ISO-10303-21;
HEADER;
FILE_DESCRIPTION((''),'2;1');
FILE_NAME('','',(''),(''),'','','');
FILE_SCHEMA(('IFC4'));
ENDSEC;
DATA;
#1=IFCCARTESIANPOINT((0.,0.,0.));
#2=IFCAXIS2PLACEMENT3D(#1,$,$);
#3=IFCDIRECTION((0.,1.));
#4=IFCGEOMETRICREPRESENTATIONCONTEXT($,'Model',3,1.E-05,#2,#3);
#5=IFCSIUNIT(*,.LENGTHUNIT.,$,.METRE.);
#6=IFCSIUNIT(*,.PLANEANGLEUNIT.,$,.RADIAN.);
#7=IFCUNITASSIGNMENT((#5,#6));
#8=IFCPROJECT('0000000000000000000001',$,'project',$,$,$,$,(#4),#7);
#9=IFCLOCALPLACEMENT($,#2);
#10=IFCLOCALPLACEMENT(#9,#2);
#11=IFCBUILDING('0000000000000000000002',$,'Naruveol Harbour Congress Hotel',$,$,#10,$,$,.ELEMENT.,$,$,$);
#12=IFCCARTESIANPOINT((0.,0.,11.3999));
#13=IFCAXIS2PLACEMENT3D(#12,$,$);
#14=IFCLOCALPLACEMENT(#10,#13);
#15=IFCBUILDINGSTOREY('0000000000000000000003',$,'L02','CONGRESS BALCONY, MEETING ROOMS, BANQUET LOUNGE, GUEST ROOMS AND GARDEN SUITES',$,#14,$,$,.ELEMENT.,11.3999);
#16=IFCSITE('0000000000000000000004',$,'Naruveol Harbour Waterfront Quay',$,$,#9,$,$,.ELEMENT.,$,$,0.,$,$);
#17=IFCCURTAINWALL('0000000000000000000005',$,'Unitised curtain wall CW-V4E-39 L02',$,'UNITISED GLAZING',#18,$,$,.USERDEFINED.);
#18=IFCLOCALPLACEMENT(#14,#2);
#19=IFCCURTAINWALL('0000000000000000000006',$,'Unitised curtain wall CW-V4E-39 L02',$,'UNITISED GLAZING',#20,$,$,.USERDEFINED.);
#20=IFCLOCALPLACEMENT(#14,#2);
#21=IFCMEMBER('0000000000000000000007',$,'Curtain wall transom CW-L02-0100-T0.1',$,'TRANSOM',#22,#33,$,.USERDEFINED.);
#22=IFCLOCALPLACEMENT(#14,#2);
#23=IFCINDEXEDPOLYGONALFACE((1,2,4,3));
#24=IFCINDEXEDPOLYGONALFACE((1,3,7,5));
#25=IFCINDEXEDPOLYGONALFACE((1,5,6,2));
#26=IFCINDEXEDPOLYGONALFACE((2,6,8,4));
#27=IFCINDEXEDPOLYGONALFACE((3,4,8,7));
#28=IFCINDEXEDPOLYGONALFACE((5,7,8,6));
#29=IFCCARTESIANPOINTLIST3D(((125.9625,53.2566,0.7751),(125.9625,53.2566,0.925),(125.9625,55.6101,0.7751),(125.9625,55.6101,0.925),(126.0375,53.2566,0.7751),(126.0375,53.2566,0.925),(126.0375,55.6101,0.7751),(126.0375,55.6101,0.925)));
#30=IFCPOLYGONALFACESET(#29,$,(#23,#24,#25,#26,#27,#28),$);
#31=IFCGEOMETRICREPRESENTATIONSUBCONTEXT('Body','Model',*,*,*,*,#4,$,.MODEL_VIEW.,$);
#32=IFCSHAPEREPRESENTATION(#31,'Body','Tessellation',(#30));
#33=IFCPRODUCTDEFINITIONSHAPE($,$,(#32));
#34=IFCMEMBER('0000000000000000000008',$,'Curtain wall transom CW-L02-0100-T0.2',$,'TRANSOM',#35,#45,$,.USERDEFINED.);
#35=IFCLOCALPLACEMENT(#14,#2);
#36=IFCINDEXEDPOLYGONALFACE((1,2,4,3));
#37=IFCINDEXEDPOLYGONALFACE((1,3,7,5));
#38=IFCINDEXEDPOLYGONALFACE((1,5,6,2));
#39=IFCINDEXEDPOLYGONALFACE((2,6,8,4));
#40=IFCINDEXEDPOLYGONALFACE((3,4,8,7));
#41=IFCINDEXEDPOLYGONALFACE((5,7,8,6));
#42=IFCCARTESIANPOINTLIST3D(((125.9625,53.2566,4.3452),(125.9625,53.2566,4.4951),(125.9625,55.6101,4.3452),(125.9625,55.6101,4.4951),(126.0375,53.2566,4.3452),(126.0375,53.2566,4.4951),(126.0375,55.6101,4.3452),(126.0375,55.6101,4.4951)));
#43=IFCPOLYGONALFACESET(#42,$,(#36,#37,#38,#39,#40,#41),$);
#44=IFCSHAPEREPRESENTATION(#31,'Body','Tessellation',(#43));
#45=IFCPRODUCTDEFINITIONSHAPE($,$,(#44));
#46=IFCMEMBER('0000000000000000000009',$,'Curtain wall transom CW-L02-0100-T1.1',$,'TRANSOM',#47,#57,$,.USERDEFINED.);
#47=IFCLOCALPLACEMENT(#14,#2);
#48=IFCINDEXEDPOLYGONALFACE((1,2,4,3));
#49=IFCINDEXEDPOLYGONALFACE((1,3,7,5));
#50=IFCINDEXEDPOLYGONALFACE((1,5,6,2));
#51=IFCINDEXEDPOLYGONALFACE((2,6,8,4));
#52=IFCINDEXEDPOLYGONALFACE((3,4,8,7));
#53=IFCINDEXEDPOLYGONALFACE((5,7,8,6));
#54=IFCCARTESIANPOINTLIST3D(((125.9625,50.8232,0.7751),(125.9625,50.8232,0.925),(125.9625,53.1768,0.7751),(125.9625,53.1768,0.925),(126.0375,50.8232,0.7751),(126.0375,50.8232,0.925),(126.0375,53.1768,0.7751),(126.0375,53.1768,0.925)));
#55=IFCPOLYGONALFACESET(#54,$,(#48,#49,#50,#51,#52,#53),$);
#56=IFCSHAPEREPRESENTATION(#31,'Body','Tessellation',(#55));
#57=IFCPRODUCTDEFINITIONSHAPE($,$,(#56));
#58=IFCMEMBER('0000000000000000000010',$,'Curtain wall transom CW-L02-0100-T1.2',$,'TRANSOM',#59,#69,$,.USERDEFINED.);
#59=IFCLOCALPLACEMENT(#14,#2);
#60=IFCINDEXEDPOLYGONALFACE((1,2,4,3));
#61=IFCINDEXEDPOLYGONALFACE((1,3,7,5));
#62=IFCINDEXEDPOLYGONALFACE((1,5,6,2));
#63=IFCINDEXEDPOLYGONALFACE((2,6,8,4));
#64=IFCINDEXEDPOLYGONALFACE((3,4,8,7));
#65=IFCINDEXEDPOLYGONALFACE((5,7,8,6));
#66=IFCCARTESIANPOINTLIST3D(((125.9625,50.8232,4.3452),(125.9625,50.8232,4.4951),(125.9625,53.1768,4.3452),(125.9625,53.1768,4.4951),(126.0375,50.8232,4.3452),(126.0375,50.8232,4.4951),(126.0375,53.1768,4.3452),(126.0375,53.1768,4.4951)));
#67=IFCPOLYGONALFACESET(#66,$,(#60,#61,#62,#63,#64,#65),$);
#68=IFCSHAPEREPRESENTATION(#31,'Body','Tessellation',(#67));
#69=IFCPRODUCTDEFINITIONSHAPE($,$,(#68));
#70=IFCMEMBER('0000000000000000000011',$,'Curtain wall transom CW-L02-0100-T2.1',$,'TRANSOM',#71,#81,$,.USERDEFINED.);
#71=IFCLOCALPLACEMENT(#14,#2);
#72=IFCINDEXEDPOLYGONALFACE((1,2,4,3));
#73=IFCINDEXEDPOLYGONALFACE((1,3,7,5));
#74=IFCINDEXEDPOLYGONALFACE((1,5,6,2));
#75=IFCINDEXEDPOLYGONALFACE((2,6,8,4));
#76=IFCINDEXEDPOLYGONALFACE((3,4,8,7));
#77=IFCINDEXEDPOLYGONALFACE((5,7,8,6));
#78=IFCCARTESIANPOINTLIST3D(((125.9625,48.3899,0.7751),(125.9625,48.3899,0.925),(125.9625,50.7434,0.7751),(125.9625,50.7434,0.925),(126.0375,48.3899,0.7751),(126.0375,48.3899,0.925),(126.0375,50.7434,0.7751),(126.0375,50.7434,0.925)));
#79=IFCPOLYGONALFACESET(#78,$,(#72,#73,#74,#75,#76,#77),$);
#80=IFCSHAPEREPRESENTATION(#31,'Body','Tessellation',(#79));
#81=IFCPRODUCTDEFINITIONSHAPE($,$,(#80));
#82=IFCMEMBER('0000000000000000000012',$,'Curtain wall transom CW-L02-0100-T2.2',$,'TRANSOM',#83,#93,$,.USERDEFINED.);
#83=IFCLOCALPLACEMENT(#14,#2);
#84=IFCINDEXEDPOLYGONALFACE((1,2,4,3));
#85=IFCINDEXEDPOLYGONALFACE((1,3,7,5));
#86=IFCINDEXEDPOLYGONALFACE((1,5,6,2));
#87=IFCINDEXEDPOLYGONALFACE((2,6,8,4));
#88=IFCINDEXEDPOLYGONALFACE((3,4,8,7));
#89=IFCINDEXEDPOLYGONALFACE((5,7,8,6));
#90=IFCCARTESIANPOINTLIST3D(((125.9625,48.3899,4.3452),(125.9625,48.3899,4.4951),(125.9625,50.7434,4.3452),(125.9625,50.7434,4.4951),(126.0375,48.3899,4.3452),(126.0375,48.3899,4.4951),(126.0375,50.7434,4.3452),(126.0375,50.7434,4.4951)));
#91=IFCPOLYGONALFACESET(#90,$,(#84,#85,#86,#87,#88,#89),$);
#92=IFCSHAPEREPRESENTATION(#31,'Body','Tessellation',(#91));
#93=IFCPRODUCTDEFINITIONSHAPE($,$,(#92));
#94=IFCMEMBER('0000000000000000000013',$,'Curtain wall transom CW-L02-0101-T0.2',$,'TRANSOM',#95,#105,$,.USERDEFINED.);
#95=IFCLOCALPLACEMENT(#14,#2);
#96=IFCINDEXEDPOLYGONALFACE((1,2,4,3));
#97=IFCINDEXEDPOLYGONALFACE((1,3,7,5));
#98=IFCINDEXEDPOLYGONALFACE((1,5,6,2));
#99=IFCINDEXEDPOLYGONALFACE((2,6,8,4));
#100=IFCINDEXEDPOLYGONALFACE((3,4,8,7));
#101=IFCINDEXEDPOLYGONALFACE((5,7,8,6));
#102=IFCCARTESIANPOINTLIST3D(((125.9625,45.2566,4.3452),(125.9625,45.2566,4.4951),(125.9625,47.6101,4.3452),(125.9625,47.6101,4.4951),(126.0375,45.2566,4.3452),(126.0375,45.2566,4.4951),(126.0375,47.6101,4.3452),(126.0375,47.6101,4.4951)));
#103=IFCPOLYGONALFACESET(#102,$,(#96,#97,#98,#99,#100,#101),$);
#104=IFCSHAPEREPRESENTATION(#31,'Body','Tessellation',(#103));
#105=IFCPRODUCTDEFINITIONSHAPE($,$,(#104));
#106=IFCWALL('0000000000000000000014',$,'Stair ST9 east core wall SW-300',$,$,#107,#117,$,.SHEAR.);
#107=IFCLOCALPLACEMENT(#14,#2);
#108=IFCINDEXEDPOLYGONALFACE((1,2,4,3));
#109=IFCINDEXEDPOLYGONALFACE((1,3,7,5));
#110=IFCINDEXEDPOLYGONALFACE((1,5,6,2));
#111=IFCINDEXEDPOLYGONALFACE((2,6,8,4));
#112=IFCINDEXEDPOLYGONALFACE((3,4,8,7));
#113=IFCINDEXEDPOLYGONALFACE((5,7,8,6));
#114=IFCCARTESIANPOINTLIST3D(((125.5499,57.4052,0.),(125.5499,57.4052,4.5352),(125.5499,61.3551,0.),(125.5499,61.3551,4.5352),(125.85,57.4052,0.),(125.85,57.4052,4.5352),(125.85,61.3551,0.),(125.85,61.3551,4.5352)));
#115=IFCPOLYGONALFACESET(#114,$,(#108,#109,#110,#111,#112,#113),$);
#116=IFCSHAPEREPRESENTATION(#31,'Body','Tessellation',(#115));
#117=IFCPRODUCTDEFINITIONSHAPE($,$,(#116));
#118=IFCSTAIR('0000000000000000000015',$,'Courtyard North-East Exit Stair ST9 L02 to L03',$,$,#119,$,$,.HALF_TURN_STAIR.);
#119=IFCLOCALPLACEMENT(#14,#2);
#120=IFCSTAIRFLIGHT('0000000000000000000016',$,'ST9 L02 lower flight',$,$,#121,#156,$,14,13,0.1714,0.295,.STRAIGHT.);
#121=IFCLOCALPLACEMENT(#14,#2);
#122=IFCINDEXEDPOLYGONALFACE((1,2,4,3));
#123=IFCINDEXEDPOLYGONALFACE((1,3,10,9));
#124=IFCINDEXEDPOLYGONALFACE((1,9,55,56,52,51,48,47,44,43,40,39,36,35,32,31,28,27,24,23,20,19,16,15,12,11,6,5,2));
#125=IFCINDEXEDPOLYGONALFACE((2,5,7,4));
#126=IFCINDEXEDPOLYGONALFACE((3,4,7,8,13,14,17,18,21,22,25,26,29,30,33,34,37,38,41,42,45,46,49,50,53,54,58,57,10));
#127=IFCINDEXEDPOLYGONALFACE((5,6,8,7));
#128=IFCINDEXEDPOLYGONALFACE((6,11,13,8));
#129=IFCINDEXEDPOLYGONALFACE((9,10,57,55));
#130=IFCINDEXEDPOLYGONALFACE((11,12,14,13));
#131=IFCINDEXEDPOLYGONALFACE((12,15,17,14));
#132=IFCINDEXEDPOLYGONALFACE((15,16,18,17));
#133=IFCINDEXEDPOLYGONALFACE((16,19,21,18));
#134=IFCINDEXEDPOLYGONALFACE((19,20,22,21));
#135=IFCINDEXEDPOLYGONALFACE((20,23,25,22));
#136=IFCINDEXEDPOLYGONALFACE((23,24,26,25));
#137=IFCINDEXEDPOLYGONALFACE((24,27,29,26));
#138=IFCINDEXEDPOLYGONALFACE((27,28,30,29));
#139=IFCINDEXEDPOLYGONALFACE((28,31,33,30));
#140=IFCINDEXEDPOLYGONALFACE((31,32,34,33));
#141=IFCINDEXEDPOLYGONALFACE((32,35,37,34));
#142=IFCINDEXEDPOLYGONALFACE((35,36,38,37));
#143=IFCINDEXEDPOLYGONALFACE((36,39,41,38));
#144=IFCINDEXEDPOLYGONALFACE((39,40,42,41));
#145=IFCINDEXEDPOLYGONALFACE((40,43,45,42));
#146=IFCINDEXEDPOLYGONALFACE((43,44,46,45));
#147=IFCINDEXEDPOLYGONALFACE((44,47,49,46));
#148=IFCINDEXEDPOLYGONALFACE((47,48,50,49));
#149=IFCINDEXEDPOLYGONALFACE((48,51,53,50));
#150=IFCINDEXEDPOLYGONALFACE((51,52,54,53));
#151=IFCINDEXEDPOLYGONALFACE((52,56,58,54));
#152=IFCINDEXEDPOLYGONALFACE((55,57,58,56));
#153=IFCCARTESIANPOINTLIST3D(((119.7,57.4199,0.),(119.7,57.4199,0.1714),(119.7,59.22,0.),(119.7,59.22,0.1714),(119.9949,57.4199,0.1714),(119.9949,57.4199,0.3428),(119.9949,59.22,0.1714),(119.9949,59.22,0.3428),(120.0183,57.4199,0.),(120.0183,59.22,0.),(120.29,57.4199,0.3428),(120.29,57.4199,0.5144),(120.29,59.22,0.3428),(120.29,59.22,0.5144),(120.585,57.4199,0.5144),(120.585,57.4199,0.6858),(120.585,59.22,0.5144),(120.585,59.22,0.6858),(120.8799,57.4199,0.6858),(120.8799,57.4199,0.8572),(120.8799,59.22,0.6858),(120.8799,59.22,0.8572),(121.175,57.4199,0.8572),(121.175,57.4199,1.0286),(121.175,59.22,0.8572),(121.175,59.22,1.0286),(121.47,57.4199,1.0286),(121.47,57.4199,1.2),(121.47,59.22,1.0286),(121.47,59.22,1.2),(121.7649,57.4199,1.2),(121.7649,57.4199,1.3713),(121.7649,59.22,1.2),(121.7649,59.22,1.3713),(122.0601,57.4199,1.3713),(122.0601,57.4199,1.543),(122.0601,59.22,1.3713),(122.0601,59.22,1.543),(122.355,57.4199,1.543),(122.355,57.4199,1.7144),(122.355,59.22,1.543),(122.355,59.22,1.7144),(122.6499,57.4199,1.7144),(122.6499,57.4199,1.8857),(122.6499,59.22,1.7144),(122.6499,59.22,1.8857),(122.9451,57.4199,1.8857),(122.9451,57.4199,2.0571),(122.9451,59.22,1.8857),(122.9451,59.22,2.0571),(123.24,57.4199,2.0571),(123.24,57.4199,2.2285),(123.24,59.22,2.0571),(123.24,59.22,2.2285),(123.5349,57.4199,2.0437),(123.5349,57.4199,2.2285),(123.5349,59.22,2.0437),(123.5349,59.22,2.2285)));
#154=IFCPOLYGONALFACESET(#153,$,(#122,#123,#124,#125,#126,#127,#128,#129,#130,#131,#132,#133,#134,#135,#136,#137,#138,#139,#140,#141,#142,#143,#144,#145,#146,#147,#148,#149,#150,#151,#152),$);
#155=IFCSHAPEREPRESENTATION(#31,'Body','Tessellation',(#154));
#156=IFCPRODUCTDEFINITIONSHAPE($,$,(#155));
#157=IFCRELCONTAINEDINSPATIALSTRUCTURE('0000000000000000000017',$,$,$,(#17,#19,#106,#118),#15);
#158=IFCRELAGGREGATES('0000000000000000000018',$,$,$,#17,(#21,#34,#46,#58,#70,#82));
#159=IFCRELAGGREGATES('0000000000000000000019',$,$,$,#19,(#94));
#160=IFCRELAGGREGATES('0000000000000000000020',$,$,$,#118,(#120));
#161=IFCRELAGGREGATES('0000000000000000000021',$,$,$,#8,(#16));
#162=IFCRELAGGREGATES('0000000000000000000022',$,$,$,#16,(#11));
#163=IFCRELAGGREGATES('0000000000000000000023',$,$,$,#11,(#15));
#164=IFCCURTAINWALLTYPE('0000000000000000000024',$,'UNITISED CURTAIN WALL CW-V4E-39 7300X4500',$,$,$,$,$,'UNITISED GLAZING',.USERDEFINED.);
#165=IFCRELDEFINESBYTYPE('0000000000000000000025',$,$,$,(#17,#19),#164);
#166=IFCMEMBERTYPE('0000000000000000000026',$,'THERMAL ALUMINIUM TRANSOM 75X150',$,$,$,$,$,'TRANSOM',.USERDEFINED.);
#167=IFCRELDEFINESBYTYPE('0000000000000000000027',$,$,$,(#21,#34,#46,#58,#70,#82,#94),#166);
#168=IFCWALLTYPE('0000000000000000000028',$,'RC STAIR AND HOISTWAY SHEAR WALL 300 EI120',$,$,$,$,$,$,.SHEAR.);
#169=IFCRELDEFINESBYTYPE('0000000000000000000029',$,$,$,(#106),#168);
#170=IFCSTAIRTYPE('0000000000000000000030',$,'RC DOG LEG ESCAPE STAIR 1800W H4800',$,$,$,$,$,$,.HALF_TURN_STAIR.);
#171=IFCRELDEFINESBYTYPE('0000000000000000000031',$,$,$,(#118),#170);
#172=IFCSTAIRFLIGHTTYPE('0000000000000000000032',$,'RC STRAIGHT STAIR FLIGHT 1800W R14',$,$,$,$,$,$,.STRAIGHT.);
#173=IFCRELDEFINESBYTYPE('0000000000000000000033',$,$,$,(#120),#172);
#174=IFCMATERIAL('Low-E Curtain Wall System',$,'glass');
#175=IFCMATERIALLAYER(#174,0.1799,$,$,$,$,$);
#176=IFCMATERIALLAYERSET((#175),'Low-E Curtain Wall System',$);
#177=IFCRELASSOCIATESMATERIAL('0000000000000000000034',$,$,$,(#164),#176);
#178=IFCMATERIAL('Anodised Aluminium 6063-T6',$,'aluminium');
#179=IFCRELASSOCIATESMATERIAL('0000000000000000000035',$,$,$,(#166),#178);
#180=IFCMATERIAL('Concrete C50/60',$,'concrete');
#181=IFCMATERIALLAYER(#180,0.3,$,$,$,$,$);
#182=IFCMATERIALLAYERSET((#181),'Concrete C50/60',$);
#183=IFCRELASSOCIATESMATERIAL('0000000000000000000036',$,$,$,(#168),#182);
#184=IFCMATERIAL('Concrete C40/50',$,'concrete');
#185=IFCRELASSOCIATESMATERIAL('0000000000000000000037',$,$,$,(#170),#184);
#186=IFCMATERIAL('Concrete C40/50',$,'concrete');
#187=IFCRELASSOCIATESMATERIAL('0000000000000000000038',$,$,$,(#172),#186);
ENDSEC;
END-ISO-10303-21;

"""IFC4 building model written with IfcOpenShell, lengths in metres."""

from ifc_helpers import new_model, si_unit, direction, frame, frame_2d, origin, origin_2d, place, context, subcontext, project, spatial, polyline, rectangle, outline, extrude, material, layer, layer_set, material_profile, profile_set, type_object, element, aggregate, save


model = new_model("IFC4")

# Units and contexts
model_context = context("Model", 3, precision=1e-05, world=origin(), true_north=direction((0.0, 1.0)))
body_context = subcontext(model_context, "Body", "Model", "MODEL_VIEW")
ifc_project = project(units=[si_unit("LENGTHUNIT", "METRE"), si_unit("PLANEANGLEUNIT", "RADIAN")], contexts=[model_context])

# Site, building, storey
site_placement = place(None, origin())
site = spatial("IfcSite", under=ifc_project, at=site_placement, Name="Naruveol Harbour Waterfront Quay", CompositionType="ELEMENT", RefElevation=0.0)
building_placement = place(site_placement, origin())
building = spatial("IfcBuilding", under=site, at=building_placement, Name="Naruveol Harbour Congress Hotel", CompositionType="ELEMENT")
storey_placement = place(building_placement, frame((0.0, 0.0, 11.3999)))
storey = spatial("IfcBuildingStorey", under=building, at=storey_placement, Name="L02", Description="CONGRESS BALCONY, MEETING ROOMS, BANQUET LOUNGE, GUEST ROOMS AND GARDEN SUITES", CompositionType="ELEMENT", Elevation=11.3999)

# Curtain wall
ifc_material_1 = material(Name="Low-E Curtain Wall System", Category="glass")
ifc_layer_1 = layer(ifc_material_1, 0.1799)
ifc_layer_set_1 = layer_set([ifc_layer_1], Name="Low-E Curtain Wall System")
curtain_wall_type = type_object("IfcCurtainWallType", Name="UNITISED CURTAIN WALL CW-V4E-39 7300X4500", ElementType="UNITISED GLAZING", PredefinedType="USERDEFINED", material=ifc_layer_set_1)
curtain_wall_1_placement = place(storey_placement, origin())
curtain_wall_1 = element("IfcCurtainWall", 1, at=curtain_wall_1_placement, inside=storey, type_object=curtain_wall_type, Name="Unitised curtain wall CW-V4E-39 L02", ObjectType="UNITISED GLAZING", PredefinedType="USERDEFINED")

# Curtain wall
curtain_wall_2_placement = place(storey_placement, origin())
curtain_wall_2 = element("IfcCurtainWall", 2, at=curtain_wall_2_placement, inside=storey, type_object=curtain_wall_type, Name="Unitised curtain wall CW-V4E-39 L02", ObjectType="UNITISED GLAZING", PredefinedType="USERDEFINED")

# Members
ifc_material_2 = material(Name="Anodised Aluminium 6063-T6", Category="aluminium")
ifc_material_profile_1 = material_profile(ifc_material_2, rectangle(XDim=0.075, YDim=0.1499, at=origin_2d()), Name="ALU-75x150")
ifc_profile_set_1 = profile_set([ifc_material_profile_1], Name="Anodised Aluminium 6063-T6")
member_type_1 = type_object("IfcMemberType", Name="THERMAL ALUMINIUM TRANSOM 75X150", ElementType="TRANSOM", PredefinedType="USERDEFINED", material=ifc_profile_set_1)
member_1_placement = place(storey_placement, frame((126.0, 55.6101, 0.8501), z_axis=(0.0, -1.0, 0.0), x_axis=(1.0, 0.0, 0.0)))
member_1 = element("IfcMember", 3, at=member_1_placement, type_object=member_type_1, Name="Curtain wall transom CW-L02-0100-T0.1", ObjectType="TRANSOM", PredefinedType="USERDEFINED", context=body_context, shape_type="SweptSolid", body=[
    extrude(rectangle(XDim=0.075, YDim=0.1499, at=origin_2d()), origin(), (0.0, 0.0, 1.0), 2.3535),
])
member_2_placement = place(storey_placement, frame((126.0, 55.6101, 4.4202), z_axis=(0.0, -1.0, 0.0), x_axis=(1.0, 0.0, 0.0)))
member_2 = element("IfcMember", 4, at=member_2_placement, type_object=member_type_1, Name="Curtain wall transom CW-L02-0100-T0.2", ObjectType="TRANSOM", PredefinedType="USERDEFINED", context=body_context, shape_type="SweptSolid", body=[
    extrude(rectangle(XDim=0.075, YDim=0.1499, at=origin_2d()), origin(), (0.0, 0.0, 1.0), 2.3535),
])
member_3_placement = place(storey_placement, frame((126.0, 53.1768, 0.8501), z_axis=(0.0, -1.0, 0.0), x_axis=(1.0, 0.0, 0.0)))
member_3 = element("IfcMember", 5, at=member_3_placement, type_object=member_type_1, Name="Curtain wall transom CW-L02-0100-T1.1", ObjectType="TRANSOM", PredefinedType="USERDEFINED", context=body_context, shape_type="SweptSolid", body=[
    extrude(rectangle(XDim=0.075, YDim=0.1499, at=origin_2d()), origin(), (0.0, 0.0, 1.0), 2.3535),
])
member_4_placement = place(storey_placement, frame((126.0, 53.1768, 4.4202), z_axis=(0.0, -1.0, 0.0), x_axis=(1.0, 0.0, 0.0)))
member_4 = element("IfcMember", 6, at=member_4_placement, type_object=member_type_1, Name="Curtain wall transom CW-L02-0100-T1.2", ObjectType="TRANSOM", PredefinedType="USERDEFINED", context=body_context, shape_type="SweptSolid", body=[
    extrude(rectangle(XDim=0.075, YDim=0.1499, at=origin_2d()), origin(), (0.0, 0.0, 1.0), 2.3535),
])
member_5_placement = place(storey_placement, frame((126.0, 50.7434, 0.8501), z_axis=(0.0, -1.0, 0.0), x_axis=(1.0, 0.0, 0.0)))
member_5 = element("IfcMember", 7, at=member_5_placement, type_object=member_type_1, Name="Curtain wall transom CW-L02-0100-T2.1", ObjectType="TRANSOM", PredefinedType="USERDEFINED", context=body_context, shape_type="SweptSolid", body=[
    extrude(rectangle(XDim=0.075, YDim=0.1499, at=origin_2d()), origin(), (0.0, 0.0, 1.0), 2.3535),
])
member_6_placement = place(storey_placement, frame((126.0, 50.7434, 4.4202), z_axis=(0.0, -1.0, 0.0), x_axis=(1.0, 0.0, 0.0)))
member_6 = element("IfcMember", 8, at=member_6_placement, type_object=member_type_1, Name="Curtain wall transom CW-L02-0100-T2.2", ObjectType="TRANSOM", PredefinedType="USERDEFINED", context=body_context, shape_type="SweptSolid", body=[
    extrude(rectangle(XDim=0.075, YDim=0.1499, at=origin_2d()), origin(), (0.0, 0.0, 1.0), 2.3535),
])
aggregate(curtain_wall_1, [member_1, member_2, member_3, member_4, member_5, member_6])
member_7_placement = place(storey_placement, frame((126.0, 47.6101, 4.4202), z_axis=(0.0, -1.0, 0.0), x_axis=(1.0, 0.0, 0.0)))
member_7 = element("IfcMember", 9, at=member_7_placement, type_object=member_type_1, Name="Curtain wall transom CW-L02-0101-T0.2", ObjectType="TRANSOM", PredefinedType="USERDEFINED", context=body_context, shape_type="SweptSolid", body=[
    extrude(rectangle(XDim=0.075, YDim=0.1499, at=origin_2d()), origin(), (0.0, 0.0, 1.0), 2.3535),
])
aggregate(curtain_wall_2, [member_7])

# Wall
ifc_material_3 = material(Name="Concrete C50/60", Category="concrete")
ifc_layer_2 = layer(ifc_material_3, 0.3)
ifc_layer_set_2 = layer_set([ifc_layer_2], Name="Concrete C50/60")
wall_type = type_object("IfcWallType", Name="RC STAIR AND HOISTWAY SHEAR WALL 300 EI120", PredefinedType="SHEAR", material=ifc_layer_set_2)
wall_placement = place(storey_placement, frame((125.7, 57.405, 0.0), z_axis=(0.0, 0.0, 1.0), x_axis=(0.0, 1.0, 0.0)))
element("IfcWall", 10, at=wall_placement, inside=storey, type_object=wall_type, Name="Stair ST9 east core wall SW-300", PredefinedType="SHEAR", context=body_context, shape_type="SweptSolid", body=[
    extrude(rectangle(XDim=3.95, YDim=0.3, at=frame_2d((1.9751, 0.0))), origin(), (0.0, 0.0, 1.0), 4.5352),
])

# Stair, stair flight
ifc_material_4 = material(Name="Concrete C40/50", Category="concrete")
stair_type = type_object("IfcStairType", Name="RC DOG LEG ESCAPE STAIR 1800W H4800", PredefinedType="HALF_TURN_STAIR", material=ifc_material_4)
stair_placement = place(storey_placement, origin())
stair = element("IfcStair", 11, at=stair_placement, inside=storey, type_object=stair_type, Name="Courtyard North-East Exit Stair ST9 L02 to L03", PredefinedType="HALF_TURN_STAIR")
ifc_material_5 = material(Name="Concrete C40/50", Category="concrete")
stair_flight_type = type_object("IfcStairFlightType", Name="RC STRAIGHT STAIR FLIGHT 1800W R14", PredefinedType="STRAIGHT", material=ifc_material_5)
stair_flight_1_placement = place(storey_placement, frame((119.7, 58.3201, 0.0), z_axis=(0.0, 0.0, 1.0), x_axis=(1.0, 0.0, 0.0)))
stair_flight_1 = element("IfcStairFlight", 12, at=stair_flight_1_placement, type_object=stair_flight_type, Name="ST9 L02 lower flight", NumberOfRisers=14, NumberOfTreads=13, PredefinedType="STRAIGHT", RiserHeight=0.1714, TreadLength=0.295, context=body_context, shape_type="SweptSolid", body=[
    extrude(outline(polyline([(0.0, 0.0), (0.0, 0.1714), (0.2949, 0.1714), (0.2949, 0.3428), (0.5901, 0.3428), (0.5901, 0.5144), (0.885, 0.5144), (0.885, 0.6858), (1.1799, 0.6858), (1.1799, 0.8572), (1.4751, 0.8572), (1.4751, 1.0286), (1.77, 1.0286), (1.77, 1.2), (2.0649, 1.2), (2.0649, 1.3713), (2.3601, 1.3713), (2.3601, 1.543), (2.655, 1.543), (2.655, 1.7144), (2.95, 1.7144), (2.95, 1.8857), (3.2451, 1.8857), (3.2451, 2.0571), (3.54, 2.0571), (3.54, 2.2285), (3.835, 2.2285), (3.835, 2.3999), (3.835, 2.0437), (0.3184, 0.0), (0.0, 0.0)])), frame((0.0, 0.8999, 0.0), z_axis=(0.0, -1.0, 0.0), x_axis=(1.0, 0.0, 0.0)), (0.0, 0.0, 1.0), 1.8),
])
aggregate(stair, [stair_flight_1])

save(model, "model.ifc")
